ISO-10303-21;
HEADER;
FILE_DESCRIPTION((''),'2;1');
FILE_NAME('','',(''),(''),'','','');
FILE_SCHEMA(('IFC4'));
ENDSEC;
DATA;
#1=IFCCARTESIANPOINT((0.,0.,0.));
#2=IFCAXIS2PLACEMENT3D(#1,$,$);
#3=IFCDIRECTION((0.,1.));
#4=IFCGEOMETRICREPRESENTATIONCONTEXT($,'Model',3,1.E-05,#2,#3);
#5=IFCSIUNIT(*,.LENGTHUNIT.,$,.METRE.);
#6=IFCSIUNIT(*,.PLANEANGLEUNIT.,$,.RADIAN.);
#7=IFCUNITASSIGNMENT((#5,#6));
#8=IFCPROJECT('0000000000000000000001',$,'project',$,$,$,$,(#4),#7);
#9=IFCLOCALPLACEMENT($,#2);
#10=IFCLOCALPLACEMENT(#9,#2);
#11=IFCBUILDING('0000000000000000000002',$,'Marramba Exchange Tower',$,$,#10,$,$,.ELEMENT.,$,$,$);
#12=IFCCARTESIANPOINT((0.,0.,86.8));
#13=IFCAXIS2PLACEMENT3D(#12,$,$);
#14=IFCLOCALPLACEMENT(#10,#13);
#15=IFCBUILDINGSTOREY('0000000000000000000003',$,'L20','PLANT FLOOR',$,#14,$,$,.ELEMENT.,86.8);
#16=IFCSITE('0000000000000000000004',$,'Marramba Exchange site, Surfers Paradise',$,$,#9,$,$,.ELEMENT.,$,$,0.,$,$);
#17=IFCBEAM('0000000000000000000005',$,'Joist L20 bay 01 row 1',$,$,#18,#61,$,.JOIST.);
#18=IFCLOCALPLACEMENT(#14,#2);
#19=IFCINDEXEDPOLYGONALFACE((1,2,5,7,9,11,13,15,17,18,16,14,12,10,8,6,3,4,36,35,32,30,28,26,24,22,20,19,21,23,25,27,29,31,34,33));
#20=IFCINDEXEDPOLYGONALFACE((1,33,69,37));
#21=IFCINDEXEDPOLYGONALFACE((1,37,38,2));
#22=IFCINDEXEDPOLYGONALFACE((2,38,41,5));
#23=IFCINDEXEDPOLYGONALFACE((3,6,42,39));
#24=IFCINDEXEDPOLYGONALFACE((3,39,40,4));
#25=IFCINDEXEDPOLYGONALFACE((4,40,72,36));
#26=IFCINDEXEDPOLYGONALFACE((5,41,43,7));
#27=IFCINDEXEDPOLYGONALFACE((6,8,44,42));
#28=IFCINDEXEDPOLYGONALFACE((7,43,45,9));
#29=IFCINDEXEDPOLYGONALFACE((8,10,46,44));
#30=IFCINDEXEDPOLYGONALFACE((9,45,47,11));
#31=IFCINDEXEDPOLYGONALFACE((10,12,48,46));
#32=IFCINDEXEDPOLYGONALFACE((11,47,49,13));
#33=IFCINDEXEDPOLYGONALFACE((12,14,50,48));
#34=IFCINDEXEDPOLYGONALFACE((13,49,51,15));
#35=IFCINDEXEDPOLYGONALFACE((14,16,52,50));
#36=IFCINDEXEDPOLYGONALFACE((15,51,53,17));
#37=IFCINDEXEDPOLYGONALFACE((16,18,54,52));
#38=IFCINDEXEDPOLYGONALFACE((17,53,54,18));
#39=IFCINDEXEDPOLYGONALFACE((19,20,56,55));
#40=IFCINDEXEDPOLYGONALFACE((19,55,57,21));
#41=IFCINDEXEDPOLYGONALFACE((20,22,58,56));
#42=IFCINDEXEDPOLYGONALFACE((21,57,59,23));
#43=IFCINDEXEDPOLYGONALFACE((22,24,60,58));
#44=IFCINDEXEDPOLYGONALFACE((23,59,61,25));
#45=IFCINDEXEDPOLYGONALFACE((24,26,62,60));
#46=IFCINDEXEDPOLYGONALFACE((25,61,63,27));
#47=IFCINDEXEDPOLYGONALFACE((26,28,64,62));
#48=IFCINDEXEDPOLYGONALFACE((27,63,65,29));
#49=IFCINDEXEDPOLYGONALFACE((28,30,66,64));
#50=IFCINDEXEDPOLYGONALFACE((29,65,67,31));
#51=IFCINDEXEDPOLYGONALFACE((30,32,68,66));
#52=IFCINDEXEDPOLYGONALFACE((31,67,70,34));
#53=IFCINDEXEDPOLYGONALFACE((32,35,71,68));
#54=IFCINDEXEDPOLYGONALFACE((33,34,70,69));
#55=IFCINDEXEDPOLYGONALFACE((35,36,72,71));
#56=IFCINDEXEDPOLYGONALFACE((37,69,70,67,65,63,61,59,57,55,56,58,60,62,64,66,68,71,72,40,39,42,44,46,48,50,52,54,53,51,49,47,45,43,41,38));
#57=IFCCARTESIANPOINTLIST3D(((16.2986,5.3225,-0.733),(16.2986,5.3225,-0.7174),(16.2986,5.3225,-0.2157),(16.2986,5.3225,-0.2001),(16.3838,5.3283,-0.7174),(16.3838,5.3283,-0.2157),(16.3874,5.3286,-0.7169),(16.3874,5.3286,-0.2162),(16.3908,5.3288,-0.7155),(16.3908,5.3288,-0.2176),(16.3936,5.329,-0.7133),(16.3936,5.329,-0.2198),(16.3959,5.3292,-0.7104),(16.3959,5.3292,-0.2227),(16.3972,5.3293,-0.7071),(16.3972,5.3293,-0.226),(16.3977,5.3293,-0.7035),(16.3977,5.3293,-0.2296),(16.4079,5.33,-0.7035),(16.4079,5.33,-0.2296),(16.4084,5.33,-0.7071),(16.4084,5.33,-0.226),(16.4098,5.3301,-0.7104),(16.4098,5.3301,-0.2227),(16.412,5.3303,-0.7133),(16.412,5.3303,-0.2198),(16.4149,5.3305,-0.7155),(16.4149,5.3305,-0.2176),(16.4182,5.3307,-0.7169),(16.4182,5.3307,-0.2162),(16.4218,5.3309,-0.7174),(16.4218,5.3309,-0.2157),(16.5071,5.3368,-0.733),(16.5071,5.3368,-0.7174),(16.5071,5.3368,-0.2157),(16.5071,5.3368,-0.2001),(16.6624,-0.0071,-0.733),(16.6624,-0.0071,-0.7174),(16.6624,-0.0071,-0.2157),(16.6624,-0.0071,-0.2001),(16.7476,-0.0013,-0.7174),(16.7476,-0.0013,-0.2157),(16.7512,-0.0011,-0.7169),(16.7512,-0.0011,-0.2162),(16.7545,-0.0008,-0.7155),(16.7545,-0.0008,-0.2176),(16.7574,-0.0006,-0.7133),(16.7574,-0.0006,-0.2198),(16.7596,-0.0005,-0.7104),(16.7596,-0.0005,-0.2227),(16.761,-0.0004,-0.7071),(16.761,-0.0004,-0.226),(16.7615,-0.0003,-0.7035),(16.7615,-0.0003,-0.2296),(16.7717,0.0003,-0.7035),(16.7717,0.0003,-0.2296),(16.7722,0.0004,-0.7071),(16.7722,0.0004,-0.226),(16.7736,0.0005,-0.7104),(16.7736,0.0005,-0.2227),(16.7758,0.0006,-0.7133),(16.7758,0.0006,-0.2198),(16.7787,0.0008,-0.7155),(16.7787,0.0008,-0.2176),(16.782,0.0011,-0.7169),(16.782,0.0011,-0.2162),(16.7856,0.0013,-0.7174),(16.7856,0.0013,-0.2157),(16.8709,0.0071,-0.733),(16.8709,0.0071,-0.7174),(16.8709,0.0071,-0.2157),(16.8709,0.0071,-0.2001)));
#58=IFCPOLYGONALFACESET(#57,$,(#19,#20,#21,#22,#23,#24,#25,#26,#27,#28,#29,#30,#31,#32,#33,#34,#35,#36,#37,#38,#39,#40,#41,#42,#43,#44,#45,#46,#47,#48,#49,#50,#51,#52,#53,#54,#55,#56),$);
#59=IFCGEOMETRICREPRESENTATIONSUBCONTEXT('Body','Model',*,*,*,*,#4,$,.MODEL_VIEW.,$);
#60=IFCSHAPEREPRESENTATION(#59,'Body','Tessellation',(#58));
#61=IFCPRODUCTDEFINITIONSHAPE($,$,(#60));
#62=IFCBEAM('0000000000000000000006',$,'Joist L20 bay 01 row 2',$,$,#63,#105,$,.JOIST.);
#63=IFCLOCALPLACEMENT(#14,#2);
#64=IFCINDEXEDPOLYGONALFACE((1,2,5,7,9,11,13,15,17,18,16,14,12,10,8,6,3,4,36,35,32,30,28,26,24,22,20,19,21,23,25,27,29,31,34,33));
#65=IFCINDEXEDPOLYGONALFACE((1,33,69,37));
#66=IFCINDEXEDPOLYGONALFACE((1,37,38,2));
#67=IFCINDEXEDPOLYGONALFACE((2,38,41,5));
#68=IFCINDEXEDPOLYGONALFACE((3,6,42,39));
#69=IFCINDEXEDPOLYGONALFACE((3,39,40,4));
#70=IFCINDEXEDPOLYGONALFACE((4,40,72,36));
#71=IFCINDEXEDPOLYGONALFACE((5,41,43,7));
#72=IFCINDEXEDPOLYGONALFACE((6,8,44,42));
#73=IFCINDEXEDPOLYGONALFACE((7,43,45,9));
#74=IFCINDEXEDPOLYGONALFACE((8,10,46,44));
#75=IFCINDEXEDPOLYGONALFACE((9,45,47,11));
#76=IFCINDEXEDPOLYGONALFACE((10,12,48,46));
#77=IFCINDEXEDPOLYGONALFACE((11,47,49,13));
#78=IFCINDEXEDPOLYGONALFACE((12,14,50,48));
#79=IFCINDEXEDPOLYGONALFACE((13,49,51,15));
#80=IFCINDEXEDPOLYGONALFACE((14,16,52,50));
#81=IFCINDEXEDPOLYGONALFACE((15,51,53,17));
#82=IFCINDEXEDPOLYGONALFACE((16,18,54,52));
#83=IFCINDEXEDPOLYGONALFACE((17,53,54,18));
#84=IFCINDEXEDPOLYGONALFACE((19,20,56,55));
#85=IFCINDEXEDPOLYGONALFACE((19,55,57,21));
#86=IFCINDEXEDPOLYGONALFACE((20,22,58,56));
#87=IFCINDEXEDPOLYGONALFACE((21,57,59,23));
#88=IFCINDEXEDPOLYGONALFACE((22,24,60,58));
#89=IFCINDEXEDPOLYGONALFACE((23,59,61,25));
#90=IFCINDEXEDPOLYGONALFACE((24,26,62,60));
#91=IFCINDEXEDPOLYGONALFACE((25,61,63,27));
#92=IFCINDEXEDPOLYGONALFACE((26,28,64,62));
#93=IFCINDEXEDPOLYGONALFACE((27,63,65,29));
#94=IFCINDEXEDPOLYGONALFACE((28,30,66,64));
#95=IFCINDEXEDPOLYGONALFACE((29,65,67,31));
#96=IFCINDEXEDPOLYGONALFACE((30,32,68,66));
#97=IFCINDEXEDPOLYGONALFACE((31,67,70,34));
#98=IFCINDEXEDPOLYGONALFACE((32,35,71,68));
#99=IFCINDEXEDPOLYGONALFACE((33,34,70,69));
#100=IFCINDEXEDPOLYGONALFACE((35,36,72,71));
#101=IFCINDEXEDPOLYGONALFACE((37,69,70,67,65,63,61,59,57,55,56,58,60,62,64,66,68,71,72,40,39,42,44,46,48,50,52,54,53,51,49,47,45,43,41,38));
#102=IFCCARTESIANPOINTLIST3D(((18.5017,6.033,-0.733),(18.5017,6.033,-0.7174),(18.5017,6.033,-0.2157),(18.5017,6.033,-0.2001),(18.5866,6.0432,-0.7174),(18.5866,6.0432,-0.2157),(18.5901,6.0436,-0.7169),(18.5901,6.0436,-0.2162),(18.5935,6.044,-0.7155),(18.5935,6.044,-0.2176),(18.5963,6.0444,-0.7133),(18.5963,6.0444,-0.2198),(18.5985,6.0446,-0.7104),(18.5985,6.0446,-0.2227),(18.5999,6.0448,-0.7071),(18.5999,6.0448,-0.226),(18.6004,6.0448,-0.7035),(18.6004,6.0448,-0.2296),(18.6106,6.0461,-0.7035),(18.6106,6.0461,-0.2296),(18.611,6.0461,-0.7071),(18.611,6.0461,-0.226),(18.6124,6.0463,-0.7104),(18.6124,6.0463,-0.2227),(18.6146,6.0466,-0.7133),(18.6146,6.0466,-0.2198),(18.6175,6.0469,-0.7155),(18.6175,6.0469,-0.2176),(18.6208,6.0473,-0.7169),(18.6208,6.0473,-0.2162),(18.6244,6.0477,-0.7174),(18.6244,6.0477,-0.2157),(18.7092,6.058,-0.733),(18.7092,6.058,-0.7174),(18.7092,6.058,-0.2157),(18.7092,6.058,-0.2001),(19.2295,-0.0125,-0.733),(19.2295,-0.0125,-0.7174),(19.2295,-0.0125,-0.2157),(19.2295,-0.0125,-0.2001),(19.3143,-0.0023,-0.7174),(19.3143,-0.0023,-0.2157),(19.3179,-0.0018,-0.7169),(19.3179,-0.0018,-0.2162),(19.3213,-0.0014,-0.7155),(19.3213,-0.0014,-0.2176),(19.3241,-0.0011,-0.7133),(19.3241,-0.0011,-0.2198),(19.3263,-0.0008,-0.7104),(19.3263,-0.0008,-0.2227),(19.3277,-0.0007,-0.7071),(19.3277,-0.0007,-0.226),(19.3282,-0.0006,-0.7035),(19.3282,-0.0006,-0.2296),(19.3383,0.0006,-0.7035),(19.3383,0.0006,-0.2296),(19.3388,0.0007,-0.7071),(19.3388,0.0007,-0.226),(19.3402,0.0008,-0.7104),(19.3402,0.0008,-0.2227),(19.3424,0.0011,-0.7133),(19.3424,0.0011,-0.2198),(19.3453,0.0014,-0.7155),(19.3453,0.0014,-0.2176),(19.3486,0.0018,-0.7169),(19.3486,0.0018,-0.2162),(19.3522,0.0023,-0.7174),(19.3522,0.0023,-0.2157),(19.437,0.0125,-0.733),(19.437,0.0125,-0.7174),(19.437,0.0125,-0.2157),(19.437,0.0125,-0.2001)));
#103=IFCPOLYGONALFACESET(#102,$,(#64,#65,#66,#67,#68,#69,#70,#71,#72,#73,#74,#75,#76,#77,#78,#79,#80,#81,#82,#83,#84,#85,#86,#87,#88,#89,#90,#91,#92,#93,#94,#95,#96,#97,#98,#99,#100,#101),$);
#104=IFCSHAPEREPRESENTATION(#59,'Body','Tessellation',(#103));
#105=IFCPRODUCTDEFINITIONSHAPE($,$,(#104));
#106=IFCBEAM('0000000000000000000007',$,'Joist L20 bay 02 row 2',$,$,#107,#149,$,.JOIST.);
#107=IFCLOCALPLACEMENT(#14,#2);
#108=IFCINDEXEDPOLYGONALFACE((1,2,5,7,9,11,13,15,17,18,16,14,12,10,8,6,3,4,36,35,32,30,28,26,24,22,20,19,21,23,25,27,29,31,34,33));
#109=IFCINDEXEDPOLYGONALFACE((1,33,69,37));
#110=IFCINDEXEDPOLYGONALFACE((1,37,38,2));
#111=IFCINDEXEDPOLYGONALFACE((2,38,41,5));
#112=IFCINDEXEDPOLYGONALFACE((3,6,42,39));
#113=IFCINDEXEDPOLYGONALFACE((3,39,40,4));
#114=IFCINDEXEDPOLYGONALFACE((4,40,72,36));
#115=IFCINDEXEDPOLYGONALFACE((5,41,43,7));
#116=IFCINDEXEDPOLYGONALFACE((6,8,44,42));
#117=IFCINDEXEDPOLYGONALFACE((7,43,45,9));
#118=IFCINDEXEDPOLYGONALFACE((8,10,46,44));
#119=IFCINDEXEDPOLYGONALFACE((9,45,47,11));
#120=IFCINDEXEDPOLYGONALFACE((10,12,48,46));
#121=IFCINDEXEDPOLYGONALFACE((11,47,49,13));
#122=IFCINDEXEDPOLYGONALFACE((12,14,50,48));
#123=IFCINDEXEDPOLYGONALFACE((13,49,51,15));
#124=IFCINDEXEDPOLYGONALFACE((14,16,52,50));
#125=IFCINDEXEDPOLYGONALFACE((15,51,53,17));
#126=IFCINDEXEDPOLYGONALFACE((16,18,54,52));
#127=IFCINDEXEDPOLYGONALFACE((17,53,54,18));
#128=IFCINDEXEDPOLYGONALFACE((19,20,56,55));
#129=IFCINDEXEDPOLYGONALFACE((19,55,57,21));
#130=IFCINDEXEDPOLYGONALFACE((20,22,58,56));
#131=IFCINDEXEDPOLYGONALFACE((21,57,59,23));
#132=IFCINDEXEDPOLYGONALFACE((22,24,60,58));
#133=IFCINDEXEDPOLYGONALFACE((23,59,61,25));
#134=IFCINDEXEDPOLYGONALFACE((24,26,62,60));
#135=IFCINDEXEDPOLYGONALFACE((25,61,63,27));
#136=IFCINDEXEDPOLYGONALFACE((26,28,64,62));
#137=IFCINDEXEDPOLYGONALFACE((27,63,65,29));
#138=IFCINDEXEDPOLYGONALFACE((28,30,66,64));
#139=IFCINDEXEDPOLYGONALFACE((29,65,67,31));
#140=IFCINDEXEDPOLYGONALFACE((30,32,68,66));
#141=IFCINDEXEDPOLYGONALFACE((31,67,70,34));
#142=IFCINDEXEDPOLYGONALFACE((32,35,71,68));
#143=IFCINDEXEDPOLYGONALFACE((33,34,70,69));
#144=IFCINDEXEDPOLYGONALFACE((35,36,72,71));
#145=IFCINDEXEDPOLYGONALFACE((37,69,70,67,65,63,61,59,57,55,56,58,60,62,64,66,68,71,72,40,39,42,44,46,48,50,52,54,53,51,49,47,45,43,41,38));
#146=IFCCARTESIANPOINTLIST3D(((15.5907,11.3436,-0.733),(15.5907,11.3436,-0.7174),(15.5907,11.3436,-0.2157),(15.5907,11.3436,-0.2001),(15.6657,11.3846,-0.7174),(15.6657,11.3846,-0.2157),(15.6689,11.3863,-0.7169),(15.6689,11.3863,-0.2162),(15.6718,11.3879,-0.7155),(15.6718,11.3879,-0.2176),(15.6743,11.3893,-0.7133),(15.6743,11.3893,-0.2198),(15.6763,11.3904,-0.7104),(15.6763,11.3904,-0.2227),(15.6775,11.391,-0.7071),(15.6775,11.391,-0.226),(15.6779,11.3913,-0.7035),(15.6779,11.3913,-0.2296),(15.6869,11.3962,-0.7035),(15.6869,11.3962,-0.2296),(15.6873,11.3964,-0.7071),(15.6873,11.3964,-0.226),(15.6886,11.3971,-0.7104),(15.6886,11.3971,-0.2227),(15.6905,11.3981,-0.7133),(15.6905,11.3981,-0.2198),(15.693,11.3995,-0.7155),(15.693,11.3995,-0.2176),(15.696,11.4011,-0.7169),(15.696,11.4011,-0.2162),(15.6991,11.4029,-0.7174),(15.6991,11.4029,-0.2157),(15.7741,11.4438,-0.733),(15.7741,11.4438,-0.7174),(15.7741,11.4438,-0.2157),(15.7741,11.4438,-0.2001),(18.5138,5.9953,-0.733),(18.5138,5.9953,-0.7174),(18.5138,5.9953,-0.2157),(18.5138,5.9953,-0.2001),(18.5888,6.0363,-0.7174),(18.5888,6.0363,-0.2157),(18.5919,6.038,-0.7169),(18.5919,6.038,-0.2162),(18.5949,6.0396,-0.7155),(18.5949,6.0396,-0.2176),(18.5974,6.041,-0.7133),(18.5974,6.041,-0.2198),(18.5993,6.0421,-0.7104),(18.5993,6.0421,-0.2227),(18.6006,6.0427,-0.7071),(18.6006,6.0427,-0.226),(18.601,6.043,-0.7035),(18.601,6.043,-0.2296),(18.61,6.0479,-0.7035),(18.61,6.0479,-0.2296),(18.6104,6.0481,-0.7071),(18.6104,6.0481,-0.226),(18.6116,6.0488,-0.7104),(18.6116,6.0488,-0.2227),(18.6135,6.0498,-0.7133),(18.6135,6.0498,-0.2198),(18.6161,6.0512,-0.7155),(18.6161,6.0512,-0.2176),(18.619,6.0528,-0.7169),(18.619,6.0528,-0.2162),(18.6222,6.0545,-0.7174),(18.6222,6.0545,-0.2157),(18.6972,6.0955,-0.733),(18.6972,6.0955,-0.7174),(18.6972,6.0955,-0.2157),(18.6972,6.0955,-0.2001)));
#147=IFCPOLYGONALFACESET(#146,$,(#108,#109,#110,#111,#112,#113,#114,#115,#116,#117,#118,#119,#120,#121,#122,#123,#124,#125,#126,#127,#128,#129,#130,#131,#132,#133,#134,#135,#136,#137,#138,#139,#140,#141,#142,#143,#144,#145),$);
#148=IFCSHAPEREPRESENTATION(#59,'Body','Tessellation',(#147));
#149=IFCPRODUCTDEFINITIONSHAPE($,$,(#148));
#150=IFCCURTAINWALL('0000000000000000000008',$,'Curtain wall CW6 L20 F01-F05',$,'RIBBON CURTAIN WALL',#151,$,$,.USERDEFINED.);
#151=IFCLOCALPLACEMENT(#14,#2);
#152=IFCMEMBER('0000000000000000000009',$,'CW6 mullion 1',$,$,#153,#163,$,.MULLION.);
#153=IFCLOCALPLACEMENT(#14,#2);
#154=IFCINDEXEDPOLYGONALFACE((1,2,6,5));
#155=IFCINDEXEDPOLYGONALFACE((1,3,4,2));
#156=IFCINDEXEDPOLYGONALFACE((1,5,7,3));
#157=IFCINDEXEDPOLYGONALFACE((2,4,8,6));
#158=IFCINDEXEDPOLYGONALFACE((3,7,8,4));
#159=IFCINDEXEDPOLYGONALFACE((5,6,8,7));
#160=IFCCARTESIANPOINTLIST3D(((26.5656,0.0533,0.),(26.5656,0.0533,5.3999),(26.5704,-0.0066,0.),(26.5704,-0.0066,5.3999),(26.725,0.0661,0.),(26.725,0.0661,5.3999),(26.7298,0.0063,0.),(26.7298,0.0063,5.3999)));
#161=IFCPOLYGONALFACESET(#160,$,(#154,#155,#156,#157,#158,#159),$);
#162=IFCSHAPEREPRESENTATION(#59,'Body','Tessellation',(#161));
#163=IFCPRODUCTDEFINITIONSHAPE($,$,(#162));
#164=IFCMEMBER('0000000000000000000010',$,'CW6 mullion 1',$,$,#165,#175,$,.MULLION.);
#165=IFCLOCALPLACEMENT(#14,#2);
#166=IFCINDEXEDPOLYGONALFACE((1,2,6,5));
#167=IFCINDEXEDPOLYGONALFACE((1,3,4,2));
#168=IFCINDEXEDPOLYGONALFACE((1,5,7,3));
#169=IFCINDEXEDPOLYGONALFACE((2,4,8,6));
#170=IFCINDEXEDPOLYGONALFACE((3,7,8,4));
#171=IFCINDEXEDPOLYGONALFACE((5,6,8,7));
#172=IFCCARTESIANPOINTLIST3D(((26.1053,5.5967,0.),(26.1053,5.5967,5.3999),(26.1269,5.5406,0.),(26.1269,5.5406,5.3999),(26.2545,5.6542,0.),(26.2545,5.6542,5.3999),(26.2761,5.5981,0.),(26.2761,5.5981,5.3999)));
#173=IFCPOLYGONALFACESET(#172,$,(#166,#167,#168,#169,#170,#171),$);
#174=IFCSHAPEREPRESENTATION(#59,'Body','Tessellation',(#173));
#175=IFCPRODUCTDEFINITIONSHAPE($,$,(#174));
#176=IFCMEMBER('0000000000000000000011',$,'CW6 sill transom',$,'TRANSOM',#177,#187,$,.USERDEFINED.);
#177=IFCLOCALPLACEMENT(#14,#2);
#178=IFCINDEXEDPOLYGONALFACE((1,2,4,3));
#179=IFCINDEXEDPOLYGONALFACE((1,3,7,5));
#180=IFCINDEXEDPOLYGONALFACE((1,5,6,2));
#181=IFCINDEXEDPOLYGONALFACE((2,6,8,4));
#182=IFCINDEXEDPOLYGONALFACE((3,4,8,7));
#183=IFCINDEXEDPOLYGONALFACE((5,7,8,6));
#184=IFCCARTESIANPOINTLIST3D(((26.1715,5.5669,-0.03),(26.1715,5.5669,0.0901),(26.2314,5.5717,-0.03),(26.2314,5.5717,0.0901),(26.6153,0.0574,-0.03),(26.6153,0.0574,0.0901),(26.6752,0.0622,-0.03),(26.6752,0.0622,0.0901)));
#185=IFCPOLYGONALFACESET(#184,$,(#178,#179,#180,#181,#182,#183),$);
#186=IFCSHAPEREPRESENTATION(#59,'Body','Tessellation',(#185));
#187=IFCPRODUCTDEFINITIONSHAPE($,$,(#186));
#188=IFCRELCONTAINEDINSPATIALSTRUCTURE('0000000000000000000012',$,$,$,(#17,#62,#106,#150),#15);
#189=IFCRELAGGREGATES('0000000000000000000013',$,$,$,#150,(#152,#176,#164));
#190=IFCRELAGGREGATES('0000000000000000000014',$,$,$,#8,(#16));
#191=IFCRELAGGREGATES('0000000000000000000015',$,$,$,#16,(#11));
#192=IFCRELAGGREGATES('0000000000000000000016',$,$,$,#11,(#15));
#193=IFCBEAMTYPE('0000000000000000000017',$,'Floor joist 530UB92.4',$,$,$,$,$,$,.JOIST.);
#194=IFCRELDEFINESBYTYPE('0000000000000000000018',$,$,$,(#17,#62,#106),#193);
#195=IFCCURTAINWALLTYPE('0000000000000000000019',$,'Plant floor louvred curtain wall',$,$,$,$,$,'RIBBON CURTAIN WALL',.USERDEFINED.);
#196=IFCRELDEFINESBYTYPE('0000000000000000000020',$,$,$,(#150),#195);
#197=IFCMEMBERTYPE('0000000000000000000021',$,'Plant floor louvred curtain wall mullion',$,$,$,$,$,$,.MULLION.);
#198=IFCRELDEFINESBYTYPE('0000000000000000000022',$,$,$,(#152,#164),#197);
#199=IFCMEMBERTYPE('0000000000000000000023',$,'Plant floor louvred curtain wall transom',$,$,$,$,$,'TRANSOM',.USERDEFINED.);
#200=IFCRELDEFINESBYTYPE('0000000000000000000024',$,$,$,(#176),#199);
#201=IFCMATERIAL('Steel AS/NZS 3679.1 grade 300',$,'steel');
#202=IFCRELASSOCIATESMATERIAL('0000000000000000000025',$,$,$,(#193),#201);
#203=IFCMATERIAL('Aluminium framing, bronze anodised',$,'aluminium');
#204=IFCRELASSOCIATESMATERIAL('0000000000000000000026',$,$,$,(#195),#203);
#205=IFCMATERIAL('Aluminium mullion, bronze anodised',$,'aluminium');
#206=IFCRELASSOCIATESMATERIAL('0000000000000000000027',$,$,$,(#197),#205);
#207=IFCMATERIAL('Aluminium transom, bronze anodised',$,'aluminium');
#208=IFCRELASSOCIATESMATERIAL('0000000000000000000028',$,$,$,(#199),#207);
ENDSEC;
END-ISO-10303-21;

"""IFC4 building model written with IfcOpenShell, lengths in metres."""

from ifc_helpers import new_model, si_unit, direction, frame, origin, origin_2d, place, context, subcontext, project, spatial, rectangle, i_section, extrude, material, material_profile, profile_set, type_object, element, aggregate, save


model = new_model("IFC4")

# Units and contexts
model_context = context("Model", 3, precision=1e-05, world=origin(), true_north=direction((0.0, 1.0)))
body_context = subcontext(model_context, "Body", "Model", "MODEL_VIEW")
ifc_project = project(units=[si_unit("LENGTHUNIT", "METRE"), si_unit("PLANEANGLEUNIT", "RADIAN")], contexts=[model_context])

# Site, building, storey
site_placement = place(None, origin())
site = spatial("IfcSite", under=ifc_project, at=site_placement, Name="Marramba Exchange site, Surfers Paradise", CompositionType="ELEMENT", RefElevation=0.0)
building_placement = place(site_placement, origin())
building = spatial("IfcBuilding", under=site, at=building_placement, Name="Marramba Exchange Tower", CompositionType="ELEMENT")
storey_placement = place(building_placement, frame((0.0, 0.0, 86.8)))
storey = spatial("IfcBuildingStorey", under=building, at=storey_placement, Name="L20", Description="PLANT FLOOR", CompositionType="ELEMENT", Elevation=86.8)

# Beams
ifc_material_1 = material(Name="Steel AS/NZS 3679.1 grade 300", Category="steel")
ifc_material_profile_1 = material_profile(ifc_material_1, i_section(OverallWidth=0.209, OverallDepth=0.533, WebThickness=0.0103, FlangeThickness=0.0156, FilletRadius=0.0139, at=origin_2d()), Name="530UB92.4")
ifc_profile_set_1 = profile_set([ifc_material_profile_1], Name="Steel AS/NZS 3679.1 grade 300")
beam_type_1 = type_object("IfcBeamType", Name="Floor joist 530UB92.4", PredefinedType="JOIST", material=ifc_profile_set_1)
beam_1_placement = place(storey_placement, frame((16.7666, 0.0, -0.4666), z_axis=(-0.068096, 0.997679, 0.0), x_axis=(-0.997679, -0.068096, 0.0)))
element("IfcBeam", 1, at=beam_1_placement, inside=storey, type_object=beam_type_1, Name="Joist L20 bay 01 row 1", PredefinedType="JOIST", context=body_context, shape_type="SweptSolid", body=[
    extrude(i_section(OverallWidth=0.209, OverallDepth=0.533, WebThickness=0.0103, FlangeThickness=0.0156, FilletRadius=0.0139, at=origin_2d()), origin(), (0.0, 0.0, 1.0), 5.342),
])
beam_2_placement = place(storey_placement, frame((19.3333, 0.0, -0.4666), z_axis=(-0.119523, 0.992831, 0.0), x_axis=(-0.992831, -0.119523, 0.0)))
element("IfcBeam", 2, at=beam_2_placement, inside=storey, type_object=beam_type_1, Name="Joist L20 bay 01 row 2", PredefinedType="JOIST", context=body_context, shape_type="SweptSolid", body=[
    extrude(i_section(OverallWidth=0.209, OverallDepth=0.533, WebThickness=0.0103, FlangeThickness=0.0156, FilletRadius=0.0139, at=origin_2d()), origin(), (0.0, 0.0, 1.0), 6.0891),
])
beam_3_placement = place(storey_placement, frame((18.6055, 6.0454, -0.4666), z_axis=(-0.479584, 0.877496, 0.0), x_axis=(-0.877496, -0.479584, 0.0)))
element("IfcBeam", 3, at=beam_3_placement, inside=storey, type_object=beam_type_1, Name="Joist L20 bay 02 row 2", PredefinedType="JOIST", context=body_context, shape_type="SweptSolid", body=[
    extrude(i_section(OverallWidth=0.209, OverallDepth=0.533, WebThickness=0.0103, FlangeThickness=0.0156, FilletRadius=0.0139, at=origin_2d()), origin(), (0.0, 0.0, 1.0), 6.095),
])

# Curtain wall, members
ifc_material_2 = material(Name="Aluminium framing, bronze anodised", Category="aluminium")
curtain_wall_type = type_object("IfcCurtainWallType", Name="Plant floor louvred curtain wall", ElementType="RIBBON CURTAIN WALL", PredefinedType="USERDEFINED", material=ifc_material_2)
curtain_wall_placement = place(storey_placement, origin())
curtain_wall = element("IfcCurtainWall", 4, at=curtain_wall_placement, inside=storey, type_object=curtain_wall_type, Name="Curtain wall CW6 L20 F01-F05", ObjectType="RIBBON CURTAIN WALL", PredefinedType="USERDEFINED")
ifc_material_3 = material(Name="Aluminium mullion, bronze anodised", Category="aluminium")
ifc_material_profile_2 = material_profile(ifc_material_3, rectangle(XDim=0.1599, YDim=0.0601, at=origin_2d()), Name="CW6 mullion 60x160")
ifc_profile_set_2 = profile_set([ifc_material_profile_2], Name="Aluminium mullion, bronze anodised")
member_type_1 = type_object("IfcMemberType", Name="Plant floor louvred curtain wall mullion", PredefinedType="MULLION", material=ifc_profile_set_2)
member_1_placement = place(storey_placement, frame((26.6477, 0.0298, 0.0), z_axis=(0.0, 0.0, 1.0), x_axis=(-0.996773, -0.080275, 0.0)))
member_1 = element("IfcMember", 5, at=member_1_placement, type_object=member_type_1, Name="CW6 mullion 1", PredefinedType="MULLION", context=body_context, shape_type="SweptSolid", body=[
    extrude(rectangle(XDim=0.1599, YDim=0.0601, at=origin_2d()), origin(), (0.0, 0.0, 1.0), 5.3999),
])
member_2_placement = place(storey_placement, frame((26.1907, 5.5974, 0.0), z_axis=(0.0, 0.0, 1.0), x_axis=(-0.933135, -0.359526, 0.0)))
member_2 = element("IfcMember", 6, at=member_2_placement, type_object=member_type_1, Name="CW6 mullion 1", PredefinedType="MULLION", context=body_context, shape_type="SweptSolid", body=[
    extrude(rectangle(XDim=0.1599, YDim=0.0601, at=origin_2d()), origin(), (0.0, 0.0, 1.0), 5.3999),
])
ifc_material_4 = material(Name="Aluminium transom, bronze anodised", Category="aluminium")
ifc_material_profile_3 = material_profile(ifc_material_4, rectangle(XDim=0.0601, YDim=0.1201, at=origin_2d()), Name="CW6 transom 60x120")
ifc_profile_set_3 = profile_set([ifc_material_profile_3], Name="Aluminium transom, bronze anodised")
member_type_2 = type_object("IfcMemberType", Name="Plant floor louvred curtain wall transom", ElementType="TRANSOM", PredefinedType="USERDEFINED", material=ifc_profile_set_3)
member_3_placement = place(storey_placement, frame((26.6453, 0.0598, 0.03), z_axis=(-0.0803, 0.996771, 0.0), x_axis=(-0.996771, -0.0803, 0.0)))
member_3 = element("IfcMember", 7, at=member_3_placement, type_object=member_type_2, Name="CW6 sill transom", ObjectType="TRANSOM", PredefinedType="USERDEFINED", context=body_context, shape_type="SweptSolid", body=[
    extrude(rectangle(XDim=0.0601, YDim=0.1201, at=origin_2d()), origin(), (0.0, 0.0, 1.0), 5.5273),
])

aggregate(curtain_wall, [member_1, member_3, member_2])

save(model, "model.ifc")
